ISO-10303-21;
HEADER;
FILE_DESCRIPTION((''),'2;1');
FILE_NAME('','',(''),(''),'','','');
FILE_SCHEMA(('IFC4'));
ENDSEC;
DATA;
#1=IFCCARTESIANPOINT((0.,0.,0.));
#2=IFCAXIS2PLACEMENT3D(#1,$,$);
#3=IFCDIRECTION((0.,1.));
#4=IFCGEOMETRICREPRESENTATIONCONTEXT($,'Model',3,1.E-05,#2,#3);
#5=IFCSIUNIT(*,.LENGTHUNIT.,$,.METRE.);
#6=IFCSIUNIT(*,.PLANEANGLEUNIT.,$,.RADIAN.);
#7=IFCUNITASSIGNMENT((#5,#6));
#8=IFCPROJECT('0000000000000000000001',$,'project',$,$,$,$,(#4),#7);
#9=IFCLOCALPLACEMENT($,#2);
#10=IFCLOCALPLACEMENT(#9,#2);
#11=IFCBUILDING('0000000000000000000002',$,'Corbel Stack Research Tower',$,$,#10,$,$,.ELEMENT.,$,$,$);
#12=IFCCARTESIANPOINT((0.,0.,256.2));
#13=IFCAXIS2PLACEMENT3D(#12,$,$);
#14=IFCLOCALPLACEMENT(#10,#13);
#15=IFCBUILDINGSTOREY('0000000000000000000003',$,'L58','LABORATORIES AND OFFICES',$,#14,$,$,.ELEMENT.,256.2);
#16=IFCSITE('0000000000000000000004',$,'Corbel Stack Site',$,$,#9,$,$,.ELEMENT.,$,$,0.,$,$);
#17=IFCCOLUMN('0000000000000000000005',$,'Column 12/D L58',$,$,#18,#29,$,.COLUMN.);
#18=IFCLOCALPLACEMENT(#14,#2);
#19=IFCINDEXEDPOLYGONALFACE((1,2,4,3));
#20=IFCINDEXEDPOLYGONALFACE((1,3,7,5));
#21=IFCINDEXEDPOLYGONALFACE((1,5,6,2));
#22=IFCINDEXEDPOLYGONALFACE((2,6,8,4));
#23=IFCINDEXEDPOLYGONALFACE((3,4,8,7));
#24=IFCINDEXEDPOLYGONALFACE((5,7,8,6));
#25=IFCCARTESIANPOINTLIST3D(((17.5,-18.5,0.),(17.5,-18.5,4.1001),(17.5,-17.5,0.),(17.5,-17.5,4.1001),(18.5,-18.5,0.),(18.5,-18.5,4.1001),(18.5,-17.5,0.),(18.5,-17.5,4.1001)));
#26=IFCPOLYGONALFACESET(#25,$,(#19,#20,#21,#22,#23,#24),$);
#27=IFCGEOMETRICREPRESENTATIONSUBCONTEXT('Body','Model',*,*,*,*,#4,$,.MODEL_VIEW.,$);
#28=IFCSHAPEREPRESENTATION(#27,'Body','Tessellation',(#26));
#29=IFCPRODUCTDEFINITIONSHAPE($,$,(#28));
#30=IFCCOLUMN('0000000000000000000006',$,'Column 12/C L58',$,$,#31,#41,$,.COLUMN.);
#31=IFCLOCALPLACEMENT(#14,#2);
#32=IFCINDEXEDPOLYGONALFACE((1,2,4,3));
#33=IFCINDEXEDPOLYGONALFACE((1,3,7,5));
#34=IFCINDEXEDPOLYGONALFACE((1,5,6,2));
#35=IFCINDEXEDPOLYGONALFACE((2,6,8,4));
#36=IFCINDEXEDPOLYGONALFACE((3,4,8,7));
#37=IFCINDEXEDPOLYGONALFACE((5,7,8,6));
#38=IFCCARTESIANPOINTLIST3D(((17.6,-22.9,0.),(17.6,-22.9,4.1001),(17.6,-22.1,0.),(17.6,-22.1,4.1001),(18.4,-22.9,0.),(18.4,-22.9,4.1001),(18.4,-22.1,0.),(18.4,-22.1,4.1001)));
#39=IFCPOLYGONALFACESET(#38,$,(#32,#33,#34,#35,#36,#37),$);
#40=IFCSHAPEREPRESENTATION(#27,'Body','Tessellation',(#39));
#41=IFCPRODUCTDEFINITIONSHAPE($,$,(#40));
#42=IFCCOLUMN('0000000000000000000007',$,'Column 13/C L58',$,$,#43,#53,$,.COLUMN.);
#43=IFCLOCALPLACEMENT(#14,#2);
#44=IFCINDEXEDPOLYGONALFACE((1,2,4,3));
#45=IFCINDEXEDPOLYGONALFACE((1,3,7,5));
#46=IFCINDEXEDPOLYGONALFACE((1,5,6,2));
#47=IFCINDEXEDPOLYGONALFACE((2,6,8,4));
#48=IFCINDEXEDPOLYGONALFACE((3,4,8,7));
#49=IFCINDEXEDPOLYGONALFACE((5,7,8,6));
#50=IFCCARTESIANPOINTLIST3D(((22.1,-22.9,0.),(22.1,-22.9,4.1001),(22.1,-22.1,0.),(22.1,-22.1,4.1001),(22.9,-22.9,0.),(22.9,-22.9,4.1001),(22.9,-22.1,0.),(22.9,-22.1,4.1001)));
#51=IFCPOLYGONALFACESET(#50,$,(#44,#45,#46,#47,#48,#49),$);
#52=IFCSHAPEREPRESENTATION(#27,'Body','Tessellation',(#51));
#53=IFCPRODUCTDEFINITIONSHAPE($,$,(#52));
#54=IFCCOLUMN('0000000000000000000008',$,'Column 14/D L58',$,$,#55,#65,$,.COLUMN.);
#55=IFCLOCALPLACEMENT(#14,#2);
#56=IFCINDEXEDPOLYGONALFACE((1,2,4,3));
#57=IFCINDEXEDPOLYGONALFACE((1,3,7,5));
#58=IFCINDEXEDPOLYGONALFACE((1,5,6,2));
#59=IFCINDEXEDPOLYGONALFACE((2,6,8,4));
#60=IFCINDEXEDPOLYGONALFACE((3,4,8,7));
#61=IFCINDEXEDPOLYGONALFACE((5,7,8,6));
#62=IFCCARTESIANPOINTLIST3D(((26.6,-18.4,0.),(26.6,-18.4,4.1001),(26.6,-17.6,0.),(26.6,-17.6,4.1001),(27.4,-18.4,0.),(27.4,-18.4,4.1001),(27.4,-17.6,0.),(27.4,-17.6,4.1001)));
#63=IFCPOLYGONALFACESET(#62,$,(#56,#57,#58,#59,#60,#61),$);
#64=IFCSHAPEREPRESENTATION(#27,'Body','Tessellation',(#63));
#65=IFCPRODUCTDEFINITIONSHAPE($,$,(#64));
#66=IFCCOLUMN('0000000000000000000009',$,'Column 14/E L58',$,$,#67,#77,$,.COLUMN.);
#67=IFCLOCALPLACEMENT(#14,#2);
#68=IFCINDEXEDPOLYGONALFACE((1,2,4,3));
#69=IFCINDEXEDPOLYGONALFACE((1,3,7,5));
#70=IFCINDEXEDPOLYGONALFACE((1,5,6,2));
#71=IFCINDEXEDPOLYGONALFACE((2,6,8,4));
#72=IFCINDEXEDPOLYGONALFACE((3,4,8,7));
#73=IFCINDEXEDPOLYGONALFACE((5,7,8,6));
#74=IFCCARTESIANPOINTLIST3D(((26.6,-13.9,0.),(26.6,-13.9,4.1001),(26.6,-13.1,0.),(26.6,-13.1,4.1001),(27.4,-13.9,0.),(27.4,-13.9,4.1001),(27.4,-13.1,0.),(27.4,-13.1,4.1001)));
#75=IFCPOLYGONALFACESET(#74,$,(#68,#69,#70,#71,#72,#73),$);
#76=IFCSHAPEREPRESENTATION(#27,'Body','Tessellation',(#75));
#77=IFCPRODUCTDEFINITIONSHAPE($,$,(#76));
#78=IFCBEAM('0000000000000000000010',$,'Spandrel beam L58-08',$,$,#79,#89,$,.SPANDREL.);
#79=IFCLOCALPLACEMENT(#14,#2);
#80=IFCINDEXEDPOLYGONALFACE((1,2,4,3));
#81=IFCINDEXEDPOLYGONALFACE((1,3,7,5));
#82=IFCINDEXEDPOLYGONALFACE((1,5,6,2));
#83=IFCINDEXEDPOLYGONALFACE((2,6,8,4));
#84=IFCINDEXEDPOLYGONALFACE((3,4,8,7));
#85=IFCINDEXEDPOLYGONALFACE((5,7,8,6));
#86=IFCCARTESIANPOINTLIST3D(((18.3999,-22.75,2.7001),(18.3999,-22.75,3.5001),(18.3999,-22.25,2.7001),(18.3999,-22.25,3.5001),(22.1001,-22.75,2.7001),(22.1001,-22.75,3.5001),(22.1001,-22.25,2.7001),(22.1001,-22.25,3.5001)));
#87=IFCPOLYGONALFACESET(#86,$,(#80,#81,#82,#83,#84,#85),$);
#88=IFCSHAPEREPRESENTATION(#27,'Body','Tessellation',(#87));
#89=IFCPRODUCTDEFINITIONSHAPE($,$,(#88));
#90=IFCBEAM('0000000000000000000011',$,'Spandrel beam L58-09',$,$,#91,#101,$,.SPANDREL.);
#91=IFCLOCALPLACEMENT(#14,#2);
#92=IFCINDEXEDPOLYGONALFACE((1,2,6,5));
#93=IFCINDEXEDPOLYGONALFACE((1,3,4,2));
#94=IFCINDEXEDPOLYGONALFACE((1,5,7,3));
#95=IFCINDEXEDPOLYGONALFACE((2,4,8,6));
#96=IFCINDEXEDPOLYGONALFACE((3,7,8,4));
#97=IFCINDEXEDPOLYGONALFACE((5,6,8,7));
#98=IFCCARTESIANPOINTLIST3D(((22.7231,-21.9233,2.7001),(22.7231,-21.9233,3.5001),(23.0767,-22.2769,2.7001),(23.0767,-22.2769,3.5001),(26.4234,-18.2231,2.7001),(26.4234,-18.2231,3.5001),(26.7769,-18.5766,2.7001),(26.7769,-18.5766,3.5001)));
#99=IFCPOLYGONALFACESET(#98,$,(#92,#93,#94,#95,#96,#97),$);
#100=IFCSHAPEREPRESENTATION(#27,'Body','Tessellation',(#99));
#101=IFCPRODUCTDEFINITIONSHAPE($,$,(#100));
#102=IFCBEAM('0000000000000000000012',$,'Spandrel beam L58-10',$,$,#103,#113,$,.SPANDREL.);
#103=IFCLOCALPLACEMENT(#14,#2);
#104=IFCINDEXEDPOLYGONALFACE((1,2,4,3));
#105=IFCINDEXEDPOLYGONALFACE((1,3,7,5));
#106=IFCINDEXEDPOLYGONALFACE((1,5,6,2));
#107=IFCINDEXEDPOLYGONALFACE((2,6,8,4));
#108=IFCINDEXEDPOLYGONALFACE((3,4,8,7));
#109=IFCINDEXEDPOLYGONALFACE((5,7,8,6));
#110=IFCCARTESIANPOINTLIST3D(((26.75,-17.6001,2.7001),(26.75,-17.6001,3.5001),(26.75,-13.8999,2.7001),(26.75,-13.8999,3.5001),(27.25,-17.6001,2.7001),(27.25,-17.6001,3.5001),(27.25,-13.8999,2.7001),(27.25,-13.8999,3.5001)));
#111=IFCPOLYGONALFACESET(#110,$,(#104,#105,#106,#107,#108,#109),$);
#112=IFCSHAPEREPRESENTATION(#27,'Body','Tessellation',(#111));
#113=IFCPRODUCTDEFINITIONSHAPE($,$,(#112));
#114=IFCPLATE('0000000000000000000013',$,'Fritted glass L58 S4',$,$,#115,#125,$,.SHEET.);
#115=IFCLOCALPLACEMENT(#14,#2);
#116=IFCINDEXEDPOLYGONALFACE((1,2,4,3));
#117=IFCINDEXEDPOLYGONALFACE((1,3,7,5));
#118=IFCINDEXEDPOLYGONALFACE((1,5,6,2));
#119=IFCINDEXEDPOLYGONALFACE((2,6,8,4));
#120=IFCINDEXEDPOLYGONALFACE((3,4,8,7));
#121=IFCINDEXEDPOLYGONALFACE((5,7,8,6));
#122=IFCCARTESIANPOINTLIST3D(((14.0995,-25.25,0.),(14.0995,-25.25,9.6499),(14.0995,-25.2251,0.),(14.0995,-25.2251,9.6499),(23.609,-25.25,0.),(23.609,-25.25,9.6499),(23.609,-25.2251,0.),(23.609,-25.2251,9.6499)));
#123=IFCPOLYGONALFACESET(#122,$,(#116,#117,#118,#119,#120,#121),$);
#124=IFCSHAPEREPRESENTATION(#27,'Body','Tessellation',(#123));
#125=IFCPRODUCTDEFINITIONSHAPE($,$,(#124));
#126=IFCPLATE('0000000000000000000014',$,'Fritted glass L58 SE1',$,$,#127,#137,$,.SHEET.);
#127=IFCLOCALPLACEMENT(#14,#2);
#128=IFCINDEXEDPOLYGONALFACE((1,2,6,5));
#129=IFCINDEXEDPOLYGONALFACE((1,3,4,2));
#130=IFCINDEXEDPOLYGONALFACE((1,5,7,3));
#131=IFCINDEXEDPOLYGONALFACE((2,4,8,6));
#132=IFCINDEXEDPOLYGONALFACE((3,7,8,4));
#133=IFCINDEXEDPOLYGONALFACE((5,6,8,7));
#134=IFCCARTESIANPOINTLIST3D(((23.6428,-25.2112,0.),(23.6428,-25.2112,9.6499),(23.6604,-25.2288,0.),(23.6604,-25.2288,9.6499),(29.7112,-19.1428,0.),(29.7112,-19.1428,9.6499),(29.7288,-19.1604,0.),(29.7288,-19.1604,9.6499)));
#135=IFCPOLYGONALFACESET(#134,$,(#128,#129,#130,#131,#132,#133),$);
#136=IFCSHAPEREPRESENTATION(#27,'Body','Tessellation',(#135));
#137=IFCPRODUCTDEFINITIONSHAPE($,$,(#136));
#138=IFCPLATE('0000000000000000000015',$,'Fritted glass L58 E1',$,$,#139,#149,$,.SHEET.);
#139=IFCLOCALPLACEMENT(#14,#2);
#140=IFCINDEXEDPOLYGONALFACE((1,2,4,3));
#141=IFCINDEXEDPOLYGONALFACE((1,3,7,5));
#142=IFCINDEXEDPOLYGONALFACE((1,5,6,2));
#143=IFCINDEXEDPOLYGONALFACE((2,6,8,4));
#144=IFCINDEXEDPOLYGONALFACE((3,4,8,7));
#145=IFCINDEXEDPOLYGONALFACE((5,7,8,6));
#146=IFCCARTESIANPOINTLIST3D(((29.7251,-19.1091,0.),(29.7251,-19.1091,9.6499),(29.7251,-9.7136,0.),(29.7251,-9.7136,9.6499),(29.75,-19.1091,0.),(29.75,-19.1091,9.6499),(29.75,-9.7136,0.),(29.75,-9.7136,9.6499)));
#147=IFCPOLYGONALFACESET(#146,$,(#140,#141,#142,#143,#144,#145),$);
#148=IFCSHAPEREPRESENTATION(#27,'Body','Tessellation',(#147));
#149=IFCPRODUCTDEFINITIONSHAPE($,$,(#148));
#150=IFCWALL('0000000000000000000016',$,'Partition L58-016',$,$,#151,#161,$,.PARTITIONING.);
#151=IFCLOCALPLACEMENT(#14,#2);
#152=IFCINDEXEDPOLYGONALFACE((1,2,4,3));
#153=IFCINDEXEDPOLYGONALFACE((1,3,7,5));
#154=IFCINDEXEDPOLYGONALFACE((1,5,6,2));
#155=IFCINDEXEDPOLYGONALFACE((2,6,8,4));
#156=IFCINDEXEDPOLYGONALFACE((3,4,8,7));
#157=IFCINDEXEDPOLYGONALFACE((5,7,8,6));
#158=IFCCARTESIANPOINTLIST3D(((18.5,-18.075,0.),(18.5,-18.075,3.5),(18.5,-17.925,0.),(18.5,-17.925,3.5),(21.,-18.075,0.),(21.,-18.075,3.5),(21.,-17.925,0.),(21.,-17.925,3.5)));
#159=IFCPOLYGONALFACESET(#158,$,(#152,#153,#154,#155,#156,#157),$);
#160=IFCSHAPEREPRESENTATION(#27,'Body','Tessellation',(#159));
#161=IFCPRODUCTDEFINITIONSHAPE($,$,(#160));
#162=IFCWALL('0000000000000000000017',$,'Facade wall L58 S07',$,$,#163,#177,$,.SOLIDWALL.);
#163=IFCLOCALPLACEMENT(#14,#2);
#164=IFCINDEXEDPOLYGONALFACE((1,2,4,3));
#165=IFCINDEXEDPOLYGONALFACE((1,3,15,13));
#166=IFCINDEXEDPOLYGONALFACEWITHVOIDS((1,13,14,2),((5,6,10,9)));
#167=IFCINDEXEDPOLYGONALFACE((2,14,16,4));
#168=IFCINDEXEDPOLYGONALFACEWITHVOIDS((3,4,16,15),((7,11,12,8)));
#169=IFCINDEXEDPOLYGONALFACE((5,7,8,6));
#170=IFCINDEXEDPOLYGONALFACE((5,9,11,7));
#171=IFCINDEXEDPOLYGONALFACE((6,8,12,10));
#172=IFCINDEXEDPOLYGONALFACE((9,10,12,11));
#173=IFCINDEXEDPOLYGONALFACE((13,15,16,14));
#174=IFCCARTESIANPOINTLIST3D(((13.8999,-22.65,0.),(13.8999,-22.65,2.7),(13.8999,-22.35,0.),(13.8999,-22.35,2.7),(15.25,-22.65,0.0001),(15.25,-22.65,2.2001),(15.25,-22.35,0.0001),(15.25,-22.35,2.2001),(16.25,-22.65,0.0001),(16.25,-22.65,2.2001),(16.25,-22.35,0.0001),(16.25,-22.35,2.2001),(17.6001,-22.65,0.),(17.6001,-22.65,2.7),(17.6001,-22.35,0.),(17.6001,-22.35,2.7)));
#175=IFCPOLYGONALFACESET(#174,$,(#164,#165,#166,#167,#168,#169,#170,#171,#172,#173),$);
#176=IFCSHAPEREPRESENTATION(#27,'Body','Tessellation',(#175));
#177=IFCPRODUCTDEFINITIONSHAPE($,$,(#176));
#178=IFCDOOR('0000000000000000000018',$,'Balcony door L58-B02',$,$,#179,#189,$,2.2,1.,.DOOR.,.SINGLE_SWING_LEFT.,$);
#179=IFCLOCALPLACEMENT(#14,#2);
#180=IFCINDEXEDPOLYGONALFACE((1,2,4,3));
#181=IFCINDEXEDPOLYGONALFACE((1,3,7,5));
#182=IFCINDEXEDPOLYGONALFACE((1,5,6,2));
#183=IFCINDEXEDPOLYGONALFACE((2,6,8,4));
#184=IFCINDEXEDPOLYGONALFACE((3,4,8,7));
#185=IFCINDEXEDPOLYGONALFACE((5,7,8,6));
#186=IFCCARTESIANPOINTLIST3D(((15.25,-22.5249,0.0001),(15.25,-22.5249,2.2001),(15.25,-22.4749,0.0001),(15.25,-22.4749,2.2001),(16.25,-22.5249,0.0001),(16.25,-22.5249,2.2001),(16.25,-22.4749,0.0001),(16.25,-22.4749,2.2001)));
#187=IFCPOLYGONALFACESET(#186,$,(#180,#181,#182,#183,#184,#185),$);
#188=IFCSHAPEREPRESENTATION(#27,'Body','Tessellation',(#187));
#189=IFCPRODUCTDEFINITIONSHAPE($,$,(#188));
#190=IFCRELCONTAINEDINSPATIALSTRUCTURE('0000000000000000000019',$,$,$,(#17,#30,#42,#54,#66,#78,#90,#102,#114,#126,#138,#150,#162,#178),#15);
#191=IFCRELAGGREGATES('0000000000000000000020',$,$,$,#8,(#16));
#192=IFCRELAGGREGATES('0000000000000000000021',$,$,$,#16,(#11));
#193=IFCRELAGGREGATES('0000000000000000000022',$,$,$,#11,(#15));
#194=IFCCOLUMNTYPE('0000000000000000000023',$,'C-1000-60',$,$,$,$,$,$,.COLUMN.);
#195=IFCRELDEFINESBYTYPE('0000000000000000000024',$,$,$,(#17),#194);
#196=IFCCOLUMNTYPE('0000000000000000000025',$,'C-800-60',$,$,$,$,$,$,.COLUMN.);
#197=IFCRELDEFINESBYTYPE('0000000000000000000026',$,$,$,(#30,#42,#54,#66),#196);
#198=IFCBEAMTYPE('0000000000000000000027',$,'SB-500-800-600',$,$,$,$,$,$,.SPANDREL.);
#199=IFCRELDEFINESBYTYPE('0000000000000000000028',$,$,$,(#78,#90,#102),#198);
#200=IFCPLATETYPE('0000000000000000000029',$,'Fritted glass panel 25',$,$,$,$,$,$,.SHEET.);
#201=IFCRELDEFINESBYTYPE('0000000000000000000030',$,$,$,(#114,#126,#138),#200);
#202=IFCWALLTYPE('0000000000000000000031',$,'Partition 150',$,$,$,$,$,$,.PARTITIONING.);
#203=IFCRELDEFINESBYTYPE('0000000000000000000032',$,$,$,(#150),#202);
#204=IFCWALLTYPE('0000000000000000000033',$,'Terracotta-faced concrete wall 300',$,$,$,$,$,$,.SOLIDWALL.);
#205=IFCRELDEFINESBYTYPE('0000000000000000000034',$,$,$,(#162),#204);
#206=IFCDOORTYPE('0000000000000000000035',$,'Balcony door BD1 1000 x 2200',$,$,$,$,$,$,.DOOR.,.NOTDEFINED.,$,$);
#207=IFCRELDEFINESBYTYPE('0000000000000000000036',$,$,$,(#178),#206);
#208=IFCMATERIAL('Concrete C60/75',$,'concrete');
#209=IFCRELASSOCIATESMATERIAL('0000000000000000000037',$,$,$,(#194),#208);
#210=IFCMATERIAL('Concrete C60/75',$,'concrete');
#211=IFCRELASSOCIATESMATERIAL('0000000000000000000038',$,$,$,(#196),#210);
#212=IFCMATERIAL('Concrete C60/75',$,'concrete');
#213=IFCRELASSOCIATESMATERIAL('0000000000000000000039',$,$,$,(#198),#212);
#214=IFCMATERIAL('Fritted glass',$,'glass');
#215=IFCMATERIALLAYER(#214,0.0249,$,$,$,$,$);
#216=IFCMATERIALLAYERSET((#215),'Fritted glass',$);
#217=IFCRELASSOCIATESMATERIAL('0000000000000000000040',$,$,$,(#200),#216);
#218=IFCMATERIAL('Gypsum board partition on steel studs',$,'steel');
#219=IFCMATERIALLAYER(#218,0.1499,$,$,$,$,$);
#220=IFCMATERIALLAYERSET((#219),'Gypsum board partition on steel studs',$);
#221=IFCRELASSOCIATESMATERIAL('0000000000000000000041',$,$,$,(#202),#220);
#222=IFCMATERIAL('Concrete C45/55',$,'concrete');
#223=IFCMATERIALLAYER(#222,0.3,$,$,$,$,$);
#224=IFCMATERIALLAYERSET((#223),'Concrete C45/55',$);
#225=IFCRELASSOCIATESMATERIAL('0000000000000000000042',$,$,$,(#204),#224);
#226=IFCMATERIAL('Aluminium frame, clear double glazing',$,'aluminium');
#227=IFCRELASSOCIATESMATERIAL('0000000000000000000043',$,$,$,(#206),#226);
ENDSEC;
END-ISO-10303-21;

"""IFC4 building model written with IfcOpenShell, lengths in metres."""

from ifc_helpers import new_model, si_unit, direction, frame, frame_2d, origin, origin_2d, place, context, subcontext, project, spatial, rectangle, extrude, material, layer, layer_set, material_profile, profile_set, type_object, element, fill, save


model = new_model("IFC4")

# Units and contexts
model_context = context("Model", 3, precision=1e-05, world=origin(), true_north=direction((0.0, 1.0)))
body_context = subcontext(model_context, "Body", "Model", "MODEL_VIEW")
ifc_project = project(units=[si_unit("LENGTHUNIT", "METRE"), si_unit("PLANEANGLEUNIT", "RADIAN")], contexts=[model_context])

# Site, building, storey
site_placement = place(None, origin())
site = spatial("IfcSite", under=ifc_project, at=site_placement, Name="Corbel Stack Site", CompositionType="ELEMENT", RefElevation=0.0)
building_placement = place(site_placement, origin())
building = spatial("IfcBuilding", under=site, at=building_placement, Name="Corbel Stack Research Tower", CompositionType="ELEMENT")
storey_placement = place(building_placement, frame((0.0, 0.0, 256.2)))
storey = spatial("IfcBuildingStorey", under=building, at=storey_placement, Name="L58", Description="LABORATORIES AND OFFICES", CompositionType="ELEMENT", Elevation=256.2)

# Columns
ifc_material_1 = material(Name="Concrete C60/75", Category="concrete")
ifc_material_profile_1 = material_profile(ifc_material_1, rectangle(XDim=1.0, YDim=1.0, at=origin_2d()), Name="RC 1000 x 1000")
ifc_profile_set_1 = profile_set([ifc_material_profile_1], Name="Concrete C60/75")
column_type_1 = type_object("IfcColumnType", Name="C-1000-60", PredefinedType="COLUMN", material=ifc_profile_set_1)
column_placement = place(storey_placement, frame((18.0, -18.0, 0.0), z_axis=(0.0, 0.0, 1.0), x_axis=(1.0, 0.0, 0.0)))
element("IfcColumn", 1, at=column_placement, inside=storey, type_object=column_type_1, Name="Column 12/D L58", PredefinedType="COLUMN", context=body_context, shape_type="SweptSolid", body=[
    extrude(rectangle(XDim=1.0, YDim=1.0, at=origin_2d()), origin(), (0.0, 0.0, 1.0), 4.1001),
])
ifc_material_2 = material(Name="Concrete C60/75", Category="concrete")
ifc_material_profile_2 = material_profile(ifc_material_2, rectangle(XDim=0.8, YDim=0.8, at=origin_2d()), Name="RC 800 x 800")
ifc_profile_set_2 = profile_set([ifc_material_profile_2], Name="Concrete C60/75")
column_type_2 = type_object("IfcColumnType", Name="C-800-60", PredefinedType="COLUMN", material=ifc_profile_set_2)
for number, where, z_axis, x_axis, name in (
    (2, (18.0, -22.5, 0.0), (0.0, 0.0, 1.0), (1.0, 0.0, 0.0), "Column 12/C L58"),
    (3, (22.5, -22.5, 0.0), (0.0, 0.0, 1.0), (1.0, 0.0, 0.0), "Column 13/C L58"),
    (4, (27.0, -18.0, 0.0), (0.0, 0.0, 1.0), (1.0, 0.0, 0.0), "Column 14/D L58"),
    (5, (27.0, -13.5, 0.0), (0.0, 0.0, 1.0), (1.0, 0.0, 0.0), "Column 14/E L58"),
):
    element("IfcColumn", number, at=place(storey_placement, frame(where, z_axis=z_axis, x_axis=x_axis)), inside=storey, type_object=column_type_2, Name=name, PredefinedType="COLUMN", context=body_context, shape_type="SweptSolid", body=[
        extrude(rectangle(XDim=0.8, YDim=0.8, at=origin_2d()), origin(), (0.0, 0.0, 1.0), 4.1001),
    ])

# Beams
ifc_material_3 = material(Name="Concrete C60/75", Category="concrete")
ifc_material_profile_3 = material_profile(ifc_material_3, rectangle(XDim=0.5, YDim=0.8, at=origin_2d()), Name="RC 500 x 800")
ifc_profile_set_3 = profile_set([ifc_material_profile_3], Name="Concrete C60/75")
beam_type = type_object("IfcBeamType", Name="SB-500-800-600", PredefinedType="SPANDREL", material=ifc_profile_set_3)
beam_1_placement = place(storey_placement, frame((18.3999, -22.5, 3.1001), z_axis=(1.0, 0.0, 0.0), x_axis=(0.0, 1.0, 0.0)))
element("IfcBeam", 6, at=beam_1_placement, inside=storey, type_object=beam_type, Name="Spandrel beam L58-08", PredefinedType="SPANDREL", context=body_context, shape_type="SweptSolid", body=[
    extrude(rectangle(XDim=0.5, YDim=0.8, at=origin_2d()), origin(), (0.0, 0.0, 1.0), 3.7002),
])
beam_2_placement = place(storey_placement, frame((22.8999, -22.1001, 3.1001), z_axis=(0.707107, 0.707107, 0.0), x_axis=(-0.707107, 0.707107, 0.0)))
element("IfcBeam", 7, at=beam_2_placement, inside=storey, type_object=beam_type, Name="Spandrel beam L58-09", PredefinedType="SPANDREL", context=body_context, shape_type="SweptSolid", body=[
    extrude(rectangle(XDim=0.5, YDim=0.8, at=origin_2d()), origin(), (0.0, 0.0, 1.0), 5.2329),
])
beam_3_placement = place(storey_placement, frame((27.0, -17.6001, 3.1001), z_axis=(0.0, 1.0, 0.0), x_axis=(-1.0, 0.0, 0.0)))
element("IfcBeam", 8, at=beam_3_placement, inside=storey, type_object=beam_type, Name="Spandrel beam L58-10", PredefinedType="SPANDREL", context=body_context, shape_type="SweptSolid", body=[
    extrude(rectangle(XDim=0.5, YDim=0.8, at=origin_2d()), origin(), (0.0, 0.0, 1.0), 3.7002),
])

# Plates
ifc_material_4 = material(Name="Fritted glass", Category="glass")
ifc_layer_1 = layer(ifc_material_4, 0.0249)
ifc_layer_set_1 = layer_set([ifc_layer_1], Name="Fritted glass")
plate_type = type_object("IfcPlateType", Name="Fritted glass panel 25", PredefinedType="SHEET", material=ifc_layer_set_1)
plate_1_placement = place(storey_placement, frame((18.8542, -25.2375, 0.0), z_axis=(0.0, 0.0, 1.0), x_axis=(1.0, 0.0, 0.0)))
element("IfcPlate", 9, at=plate_1_placement, inside=storey, type_object=plate_type, Name="Fritted glass L58 S4", PredefinedType="SHEET", context=body_context, shape_type="SweptSolid", body=[
    extrude(rectangle(XDim=9.5095, YDim=0.0249, at=origin_2d()), origin(), (0.0, 0.0, 1.0), 9.6499),
])
plate_2_placement = place(storey_placement, frame((26.6858, -22.1858, 0.0), z_axis=(0.0, 0.0, 1.0), x_axis=(0.707107, 0.707107, 0.0)))
element("IfcPlate", 10, at=plate_2_placement, inside=storey, type_object=plate_type, Name="Fritted glass L58 SE1", PredefinedType="SHEET", context=body_context, shape_type="SweptSolid", body=[
    extrude(rectangle(XDim=8.582, YDim=0.0249, at=origin_2d()), origin(), (0.0, 0.0, 1.0), 9.6499),
])
plate_3_placement = place(storey_placement, frame((29.7375, -14.4114, 0.0), z_axis=(0.0, 0.0, 1.0), x_axis=(0.0, 1.0, 0.0)))
element("IfcPlate", 11, at=plate_3_placement, inside=storey, type_object=plate_type, Name="Fritted glass L58 E1", PredefinedType="SHEET", context=body_context, shape_type="SweptSolid", body=[
    extrude(rectangle(XDim=9.3955, YDim=0.0249, at=origin_2d()), origin(), (0.0, 0.0, 1.0), 9.6499),
])

# Wall
ifc_material_5 = material(Name="Gypsum board partition on steel studs", Category="steel")
ifc_layer_2 = layer(ifc_material_5, 0.1499)
ifc_layer_set_2 = layer_set([ifc_layer_2], Name="Gypsum board partition on steel studs")
wall_type_1 = type_object("IfcWallType", Name="Partition 150", PredefinedType="PARTITIONING", material=ifc_layer_set_2)
wall_1_placement = place(storey_placement, frame((18.5, -18.0, 0.0), z_axis=(0.0, 0.0, 1.0), x_axis=(1.0, 0.0, 0.0)))
element("IfcWall", 12, at=wall_1_placement, inside=storey, type_object=wall_type_1, Name="Partition L58-016", PredefinedType="PARTITIONING", context=body_context, shape_type="SweptSolid", body=[
    extrude(rectangle(XDim=2.5, YDim=0.1499, at=frame_2d((1.25, 0.0))), origin(), (0.0, 0.0, 1.0), 3.5),
])

# Wall, opening, door
ifc_material_6 = material(Name="Concrete C45/55", Category="concrete")
ifc_layer_3 = layer(ifc_material_6, 0.3)
ifc_layer_set_3 = layer_set([ifc_layer_3], Name="Concrete C45/55")
wall_type_2 = type_object("IfcWallType", Name="Terracotta-faced concrete wall 300", PredefinedType="SOLIDWALL", material=ifc_layer_set_3)
wall_2_placement = place(storey_placement, frame((17.6001, -22.5, 0.0), z_axis=(0.0, 0.0, 1.0), x_axis=(-1.0, 0.0, 0.0)))
wall_2 = element("IfcWall", 13, at=wall_2_placement, inside=storey, type_object=wall_type_2, Name="Facade wall L58 S07", PredefinedType="SOLIDWALL", context=body_context, shape_type="SweptSolid", body=[
    extrude(rectangle(XDim=3.7002, YDim=0.3, at=frame_2d((1.8501, 0.0))), origin(), (0.0, 0.0, 1.0), 2.7),
])
opening_1_placement = place(wall_2_placement, frame((1.3501, 0.0, 0.0)))
opening_1 = element("IfcOpeningElement", 14, at=opening_1_placement, cuts=wall_2, PredefinedType="OPENING", context=body_context, shape_type="SweptSolid", body=[
    extrude(rectangle(XDim=1.0, YDim=2.2, at=frame_2d((0.5, 1.1001))), frame((0.0, 0.1599, 0.0), z_axis=(0.0, -1.0, 0.0), x_axis=(1.0, 0.0, 0.0)), (0.0, 0.0, 1.0), 0.3201),
])
ifc_material_7 = material(Name="Aluminium frame, clear double glazing", Category="aluminium")
door_type_1 = type_object("IfcDoorType", Name="Balcony door BD1 1000 x 2200", OperationType="NOTDEFINED", PredefinedType="DOOR", material=ifc_material_7)
door_1_placement = place(opening_1_placement, origin())
door_1 = element("IfcDoor", 15, at=door_1_placement, inside=storey, type_object=door_type_1, Name="Balcony door L58-B02", OperationType="SINGLE_SWING_LEFT", OverallHeight=2.2, OverallWidth=1.0, PredefinedType="DOOR", context=body_context, shape_type="SweptSolid", body=[
    extrude(rectangle(XDim=1.0, YDim=2.2, at=frame_2d((0.5, 1.1001))), frame((0.0, 0.0249, 0.0), z_axis=(0.0, -1.0, 0.0), x_axis=(1.0, 0.0, 0.0)), (0.0, 0.0, 1.0), 0.05),
])
fill(opening_1, door_1)

save(model, "model.ifc")
